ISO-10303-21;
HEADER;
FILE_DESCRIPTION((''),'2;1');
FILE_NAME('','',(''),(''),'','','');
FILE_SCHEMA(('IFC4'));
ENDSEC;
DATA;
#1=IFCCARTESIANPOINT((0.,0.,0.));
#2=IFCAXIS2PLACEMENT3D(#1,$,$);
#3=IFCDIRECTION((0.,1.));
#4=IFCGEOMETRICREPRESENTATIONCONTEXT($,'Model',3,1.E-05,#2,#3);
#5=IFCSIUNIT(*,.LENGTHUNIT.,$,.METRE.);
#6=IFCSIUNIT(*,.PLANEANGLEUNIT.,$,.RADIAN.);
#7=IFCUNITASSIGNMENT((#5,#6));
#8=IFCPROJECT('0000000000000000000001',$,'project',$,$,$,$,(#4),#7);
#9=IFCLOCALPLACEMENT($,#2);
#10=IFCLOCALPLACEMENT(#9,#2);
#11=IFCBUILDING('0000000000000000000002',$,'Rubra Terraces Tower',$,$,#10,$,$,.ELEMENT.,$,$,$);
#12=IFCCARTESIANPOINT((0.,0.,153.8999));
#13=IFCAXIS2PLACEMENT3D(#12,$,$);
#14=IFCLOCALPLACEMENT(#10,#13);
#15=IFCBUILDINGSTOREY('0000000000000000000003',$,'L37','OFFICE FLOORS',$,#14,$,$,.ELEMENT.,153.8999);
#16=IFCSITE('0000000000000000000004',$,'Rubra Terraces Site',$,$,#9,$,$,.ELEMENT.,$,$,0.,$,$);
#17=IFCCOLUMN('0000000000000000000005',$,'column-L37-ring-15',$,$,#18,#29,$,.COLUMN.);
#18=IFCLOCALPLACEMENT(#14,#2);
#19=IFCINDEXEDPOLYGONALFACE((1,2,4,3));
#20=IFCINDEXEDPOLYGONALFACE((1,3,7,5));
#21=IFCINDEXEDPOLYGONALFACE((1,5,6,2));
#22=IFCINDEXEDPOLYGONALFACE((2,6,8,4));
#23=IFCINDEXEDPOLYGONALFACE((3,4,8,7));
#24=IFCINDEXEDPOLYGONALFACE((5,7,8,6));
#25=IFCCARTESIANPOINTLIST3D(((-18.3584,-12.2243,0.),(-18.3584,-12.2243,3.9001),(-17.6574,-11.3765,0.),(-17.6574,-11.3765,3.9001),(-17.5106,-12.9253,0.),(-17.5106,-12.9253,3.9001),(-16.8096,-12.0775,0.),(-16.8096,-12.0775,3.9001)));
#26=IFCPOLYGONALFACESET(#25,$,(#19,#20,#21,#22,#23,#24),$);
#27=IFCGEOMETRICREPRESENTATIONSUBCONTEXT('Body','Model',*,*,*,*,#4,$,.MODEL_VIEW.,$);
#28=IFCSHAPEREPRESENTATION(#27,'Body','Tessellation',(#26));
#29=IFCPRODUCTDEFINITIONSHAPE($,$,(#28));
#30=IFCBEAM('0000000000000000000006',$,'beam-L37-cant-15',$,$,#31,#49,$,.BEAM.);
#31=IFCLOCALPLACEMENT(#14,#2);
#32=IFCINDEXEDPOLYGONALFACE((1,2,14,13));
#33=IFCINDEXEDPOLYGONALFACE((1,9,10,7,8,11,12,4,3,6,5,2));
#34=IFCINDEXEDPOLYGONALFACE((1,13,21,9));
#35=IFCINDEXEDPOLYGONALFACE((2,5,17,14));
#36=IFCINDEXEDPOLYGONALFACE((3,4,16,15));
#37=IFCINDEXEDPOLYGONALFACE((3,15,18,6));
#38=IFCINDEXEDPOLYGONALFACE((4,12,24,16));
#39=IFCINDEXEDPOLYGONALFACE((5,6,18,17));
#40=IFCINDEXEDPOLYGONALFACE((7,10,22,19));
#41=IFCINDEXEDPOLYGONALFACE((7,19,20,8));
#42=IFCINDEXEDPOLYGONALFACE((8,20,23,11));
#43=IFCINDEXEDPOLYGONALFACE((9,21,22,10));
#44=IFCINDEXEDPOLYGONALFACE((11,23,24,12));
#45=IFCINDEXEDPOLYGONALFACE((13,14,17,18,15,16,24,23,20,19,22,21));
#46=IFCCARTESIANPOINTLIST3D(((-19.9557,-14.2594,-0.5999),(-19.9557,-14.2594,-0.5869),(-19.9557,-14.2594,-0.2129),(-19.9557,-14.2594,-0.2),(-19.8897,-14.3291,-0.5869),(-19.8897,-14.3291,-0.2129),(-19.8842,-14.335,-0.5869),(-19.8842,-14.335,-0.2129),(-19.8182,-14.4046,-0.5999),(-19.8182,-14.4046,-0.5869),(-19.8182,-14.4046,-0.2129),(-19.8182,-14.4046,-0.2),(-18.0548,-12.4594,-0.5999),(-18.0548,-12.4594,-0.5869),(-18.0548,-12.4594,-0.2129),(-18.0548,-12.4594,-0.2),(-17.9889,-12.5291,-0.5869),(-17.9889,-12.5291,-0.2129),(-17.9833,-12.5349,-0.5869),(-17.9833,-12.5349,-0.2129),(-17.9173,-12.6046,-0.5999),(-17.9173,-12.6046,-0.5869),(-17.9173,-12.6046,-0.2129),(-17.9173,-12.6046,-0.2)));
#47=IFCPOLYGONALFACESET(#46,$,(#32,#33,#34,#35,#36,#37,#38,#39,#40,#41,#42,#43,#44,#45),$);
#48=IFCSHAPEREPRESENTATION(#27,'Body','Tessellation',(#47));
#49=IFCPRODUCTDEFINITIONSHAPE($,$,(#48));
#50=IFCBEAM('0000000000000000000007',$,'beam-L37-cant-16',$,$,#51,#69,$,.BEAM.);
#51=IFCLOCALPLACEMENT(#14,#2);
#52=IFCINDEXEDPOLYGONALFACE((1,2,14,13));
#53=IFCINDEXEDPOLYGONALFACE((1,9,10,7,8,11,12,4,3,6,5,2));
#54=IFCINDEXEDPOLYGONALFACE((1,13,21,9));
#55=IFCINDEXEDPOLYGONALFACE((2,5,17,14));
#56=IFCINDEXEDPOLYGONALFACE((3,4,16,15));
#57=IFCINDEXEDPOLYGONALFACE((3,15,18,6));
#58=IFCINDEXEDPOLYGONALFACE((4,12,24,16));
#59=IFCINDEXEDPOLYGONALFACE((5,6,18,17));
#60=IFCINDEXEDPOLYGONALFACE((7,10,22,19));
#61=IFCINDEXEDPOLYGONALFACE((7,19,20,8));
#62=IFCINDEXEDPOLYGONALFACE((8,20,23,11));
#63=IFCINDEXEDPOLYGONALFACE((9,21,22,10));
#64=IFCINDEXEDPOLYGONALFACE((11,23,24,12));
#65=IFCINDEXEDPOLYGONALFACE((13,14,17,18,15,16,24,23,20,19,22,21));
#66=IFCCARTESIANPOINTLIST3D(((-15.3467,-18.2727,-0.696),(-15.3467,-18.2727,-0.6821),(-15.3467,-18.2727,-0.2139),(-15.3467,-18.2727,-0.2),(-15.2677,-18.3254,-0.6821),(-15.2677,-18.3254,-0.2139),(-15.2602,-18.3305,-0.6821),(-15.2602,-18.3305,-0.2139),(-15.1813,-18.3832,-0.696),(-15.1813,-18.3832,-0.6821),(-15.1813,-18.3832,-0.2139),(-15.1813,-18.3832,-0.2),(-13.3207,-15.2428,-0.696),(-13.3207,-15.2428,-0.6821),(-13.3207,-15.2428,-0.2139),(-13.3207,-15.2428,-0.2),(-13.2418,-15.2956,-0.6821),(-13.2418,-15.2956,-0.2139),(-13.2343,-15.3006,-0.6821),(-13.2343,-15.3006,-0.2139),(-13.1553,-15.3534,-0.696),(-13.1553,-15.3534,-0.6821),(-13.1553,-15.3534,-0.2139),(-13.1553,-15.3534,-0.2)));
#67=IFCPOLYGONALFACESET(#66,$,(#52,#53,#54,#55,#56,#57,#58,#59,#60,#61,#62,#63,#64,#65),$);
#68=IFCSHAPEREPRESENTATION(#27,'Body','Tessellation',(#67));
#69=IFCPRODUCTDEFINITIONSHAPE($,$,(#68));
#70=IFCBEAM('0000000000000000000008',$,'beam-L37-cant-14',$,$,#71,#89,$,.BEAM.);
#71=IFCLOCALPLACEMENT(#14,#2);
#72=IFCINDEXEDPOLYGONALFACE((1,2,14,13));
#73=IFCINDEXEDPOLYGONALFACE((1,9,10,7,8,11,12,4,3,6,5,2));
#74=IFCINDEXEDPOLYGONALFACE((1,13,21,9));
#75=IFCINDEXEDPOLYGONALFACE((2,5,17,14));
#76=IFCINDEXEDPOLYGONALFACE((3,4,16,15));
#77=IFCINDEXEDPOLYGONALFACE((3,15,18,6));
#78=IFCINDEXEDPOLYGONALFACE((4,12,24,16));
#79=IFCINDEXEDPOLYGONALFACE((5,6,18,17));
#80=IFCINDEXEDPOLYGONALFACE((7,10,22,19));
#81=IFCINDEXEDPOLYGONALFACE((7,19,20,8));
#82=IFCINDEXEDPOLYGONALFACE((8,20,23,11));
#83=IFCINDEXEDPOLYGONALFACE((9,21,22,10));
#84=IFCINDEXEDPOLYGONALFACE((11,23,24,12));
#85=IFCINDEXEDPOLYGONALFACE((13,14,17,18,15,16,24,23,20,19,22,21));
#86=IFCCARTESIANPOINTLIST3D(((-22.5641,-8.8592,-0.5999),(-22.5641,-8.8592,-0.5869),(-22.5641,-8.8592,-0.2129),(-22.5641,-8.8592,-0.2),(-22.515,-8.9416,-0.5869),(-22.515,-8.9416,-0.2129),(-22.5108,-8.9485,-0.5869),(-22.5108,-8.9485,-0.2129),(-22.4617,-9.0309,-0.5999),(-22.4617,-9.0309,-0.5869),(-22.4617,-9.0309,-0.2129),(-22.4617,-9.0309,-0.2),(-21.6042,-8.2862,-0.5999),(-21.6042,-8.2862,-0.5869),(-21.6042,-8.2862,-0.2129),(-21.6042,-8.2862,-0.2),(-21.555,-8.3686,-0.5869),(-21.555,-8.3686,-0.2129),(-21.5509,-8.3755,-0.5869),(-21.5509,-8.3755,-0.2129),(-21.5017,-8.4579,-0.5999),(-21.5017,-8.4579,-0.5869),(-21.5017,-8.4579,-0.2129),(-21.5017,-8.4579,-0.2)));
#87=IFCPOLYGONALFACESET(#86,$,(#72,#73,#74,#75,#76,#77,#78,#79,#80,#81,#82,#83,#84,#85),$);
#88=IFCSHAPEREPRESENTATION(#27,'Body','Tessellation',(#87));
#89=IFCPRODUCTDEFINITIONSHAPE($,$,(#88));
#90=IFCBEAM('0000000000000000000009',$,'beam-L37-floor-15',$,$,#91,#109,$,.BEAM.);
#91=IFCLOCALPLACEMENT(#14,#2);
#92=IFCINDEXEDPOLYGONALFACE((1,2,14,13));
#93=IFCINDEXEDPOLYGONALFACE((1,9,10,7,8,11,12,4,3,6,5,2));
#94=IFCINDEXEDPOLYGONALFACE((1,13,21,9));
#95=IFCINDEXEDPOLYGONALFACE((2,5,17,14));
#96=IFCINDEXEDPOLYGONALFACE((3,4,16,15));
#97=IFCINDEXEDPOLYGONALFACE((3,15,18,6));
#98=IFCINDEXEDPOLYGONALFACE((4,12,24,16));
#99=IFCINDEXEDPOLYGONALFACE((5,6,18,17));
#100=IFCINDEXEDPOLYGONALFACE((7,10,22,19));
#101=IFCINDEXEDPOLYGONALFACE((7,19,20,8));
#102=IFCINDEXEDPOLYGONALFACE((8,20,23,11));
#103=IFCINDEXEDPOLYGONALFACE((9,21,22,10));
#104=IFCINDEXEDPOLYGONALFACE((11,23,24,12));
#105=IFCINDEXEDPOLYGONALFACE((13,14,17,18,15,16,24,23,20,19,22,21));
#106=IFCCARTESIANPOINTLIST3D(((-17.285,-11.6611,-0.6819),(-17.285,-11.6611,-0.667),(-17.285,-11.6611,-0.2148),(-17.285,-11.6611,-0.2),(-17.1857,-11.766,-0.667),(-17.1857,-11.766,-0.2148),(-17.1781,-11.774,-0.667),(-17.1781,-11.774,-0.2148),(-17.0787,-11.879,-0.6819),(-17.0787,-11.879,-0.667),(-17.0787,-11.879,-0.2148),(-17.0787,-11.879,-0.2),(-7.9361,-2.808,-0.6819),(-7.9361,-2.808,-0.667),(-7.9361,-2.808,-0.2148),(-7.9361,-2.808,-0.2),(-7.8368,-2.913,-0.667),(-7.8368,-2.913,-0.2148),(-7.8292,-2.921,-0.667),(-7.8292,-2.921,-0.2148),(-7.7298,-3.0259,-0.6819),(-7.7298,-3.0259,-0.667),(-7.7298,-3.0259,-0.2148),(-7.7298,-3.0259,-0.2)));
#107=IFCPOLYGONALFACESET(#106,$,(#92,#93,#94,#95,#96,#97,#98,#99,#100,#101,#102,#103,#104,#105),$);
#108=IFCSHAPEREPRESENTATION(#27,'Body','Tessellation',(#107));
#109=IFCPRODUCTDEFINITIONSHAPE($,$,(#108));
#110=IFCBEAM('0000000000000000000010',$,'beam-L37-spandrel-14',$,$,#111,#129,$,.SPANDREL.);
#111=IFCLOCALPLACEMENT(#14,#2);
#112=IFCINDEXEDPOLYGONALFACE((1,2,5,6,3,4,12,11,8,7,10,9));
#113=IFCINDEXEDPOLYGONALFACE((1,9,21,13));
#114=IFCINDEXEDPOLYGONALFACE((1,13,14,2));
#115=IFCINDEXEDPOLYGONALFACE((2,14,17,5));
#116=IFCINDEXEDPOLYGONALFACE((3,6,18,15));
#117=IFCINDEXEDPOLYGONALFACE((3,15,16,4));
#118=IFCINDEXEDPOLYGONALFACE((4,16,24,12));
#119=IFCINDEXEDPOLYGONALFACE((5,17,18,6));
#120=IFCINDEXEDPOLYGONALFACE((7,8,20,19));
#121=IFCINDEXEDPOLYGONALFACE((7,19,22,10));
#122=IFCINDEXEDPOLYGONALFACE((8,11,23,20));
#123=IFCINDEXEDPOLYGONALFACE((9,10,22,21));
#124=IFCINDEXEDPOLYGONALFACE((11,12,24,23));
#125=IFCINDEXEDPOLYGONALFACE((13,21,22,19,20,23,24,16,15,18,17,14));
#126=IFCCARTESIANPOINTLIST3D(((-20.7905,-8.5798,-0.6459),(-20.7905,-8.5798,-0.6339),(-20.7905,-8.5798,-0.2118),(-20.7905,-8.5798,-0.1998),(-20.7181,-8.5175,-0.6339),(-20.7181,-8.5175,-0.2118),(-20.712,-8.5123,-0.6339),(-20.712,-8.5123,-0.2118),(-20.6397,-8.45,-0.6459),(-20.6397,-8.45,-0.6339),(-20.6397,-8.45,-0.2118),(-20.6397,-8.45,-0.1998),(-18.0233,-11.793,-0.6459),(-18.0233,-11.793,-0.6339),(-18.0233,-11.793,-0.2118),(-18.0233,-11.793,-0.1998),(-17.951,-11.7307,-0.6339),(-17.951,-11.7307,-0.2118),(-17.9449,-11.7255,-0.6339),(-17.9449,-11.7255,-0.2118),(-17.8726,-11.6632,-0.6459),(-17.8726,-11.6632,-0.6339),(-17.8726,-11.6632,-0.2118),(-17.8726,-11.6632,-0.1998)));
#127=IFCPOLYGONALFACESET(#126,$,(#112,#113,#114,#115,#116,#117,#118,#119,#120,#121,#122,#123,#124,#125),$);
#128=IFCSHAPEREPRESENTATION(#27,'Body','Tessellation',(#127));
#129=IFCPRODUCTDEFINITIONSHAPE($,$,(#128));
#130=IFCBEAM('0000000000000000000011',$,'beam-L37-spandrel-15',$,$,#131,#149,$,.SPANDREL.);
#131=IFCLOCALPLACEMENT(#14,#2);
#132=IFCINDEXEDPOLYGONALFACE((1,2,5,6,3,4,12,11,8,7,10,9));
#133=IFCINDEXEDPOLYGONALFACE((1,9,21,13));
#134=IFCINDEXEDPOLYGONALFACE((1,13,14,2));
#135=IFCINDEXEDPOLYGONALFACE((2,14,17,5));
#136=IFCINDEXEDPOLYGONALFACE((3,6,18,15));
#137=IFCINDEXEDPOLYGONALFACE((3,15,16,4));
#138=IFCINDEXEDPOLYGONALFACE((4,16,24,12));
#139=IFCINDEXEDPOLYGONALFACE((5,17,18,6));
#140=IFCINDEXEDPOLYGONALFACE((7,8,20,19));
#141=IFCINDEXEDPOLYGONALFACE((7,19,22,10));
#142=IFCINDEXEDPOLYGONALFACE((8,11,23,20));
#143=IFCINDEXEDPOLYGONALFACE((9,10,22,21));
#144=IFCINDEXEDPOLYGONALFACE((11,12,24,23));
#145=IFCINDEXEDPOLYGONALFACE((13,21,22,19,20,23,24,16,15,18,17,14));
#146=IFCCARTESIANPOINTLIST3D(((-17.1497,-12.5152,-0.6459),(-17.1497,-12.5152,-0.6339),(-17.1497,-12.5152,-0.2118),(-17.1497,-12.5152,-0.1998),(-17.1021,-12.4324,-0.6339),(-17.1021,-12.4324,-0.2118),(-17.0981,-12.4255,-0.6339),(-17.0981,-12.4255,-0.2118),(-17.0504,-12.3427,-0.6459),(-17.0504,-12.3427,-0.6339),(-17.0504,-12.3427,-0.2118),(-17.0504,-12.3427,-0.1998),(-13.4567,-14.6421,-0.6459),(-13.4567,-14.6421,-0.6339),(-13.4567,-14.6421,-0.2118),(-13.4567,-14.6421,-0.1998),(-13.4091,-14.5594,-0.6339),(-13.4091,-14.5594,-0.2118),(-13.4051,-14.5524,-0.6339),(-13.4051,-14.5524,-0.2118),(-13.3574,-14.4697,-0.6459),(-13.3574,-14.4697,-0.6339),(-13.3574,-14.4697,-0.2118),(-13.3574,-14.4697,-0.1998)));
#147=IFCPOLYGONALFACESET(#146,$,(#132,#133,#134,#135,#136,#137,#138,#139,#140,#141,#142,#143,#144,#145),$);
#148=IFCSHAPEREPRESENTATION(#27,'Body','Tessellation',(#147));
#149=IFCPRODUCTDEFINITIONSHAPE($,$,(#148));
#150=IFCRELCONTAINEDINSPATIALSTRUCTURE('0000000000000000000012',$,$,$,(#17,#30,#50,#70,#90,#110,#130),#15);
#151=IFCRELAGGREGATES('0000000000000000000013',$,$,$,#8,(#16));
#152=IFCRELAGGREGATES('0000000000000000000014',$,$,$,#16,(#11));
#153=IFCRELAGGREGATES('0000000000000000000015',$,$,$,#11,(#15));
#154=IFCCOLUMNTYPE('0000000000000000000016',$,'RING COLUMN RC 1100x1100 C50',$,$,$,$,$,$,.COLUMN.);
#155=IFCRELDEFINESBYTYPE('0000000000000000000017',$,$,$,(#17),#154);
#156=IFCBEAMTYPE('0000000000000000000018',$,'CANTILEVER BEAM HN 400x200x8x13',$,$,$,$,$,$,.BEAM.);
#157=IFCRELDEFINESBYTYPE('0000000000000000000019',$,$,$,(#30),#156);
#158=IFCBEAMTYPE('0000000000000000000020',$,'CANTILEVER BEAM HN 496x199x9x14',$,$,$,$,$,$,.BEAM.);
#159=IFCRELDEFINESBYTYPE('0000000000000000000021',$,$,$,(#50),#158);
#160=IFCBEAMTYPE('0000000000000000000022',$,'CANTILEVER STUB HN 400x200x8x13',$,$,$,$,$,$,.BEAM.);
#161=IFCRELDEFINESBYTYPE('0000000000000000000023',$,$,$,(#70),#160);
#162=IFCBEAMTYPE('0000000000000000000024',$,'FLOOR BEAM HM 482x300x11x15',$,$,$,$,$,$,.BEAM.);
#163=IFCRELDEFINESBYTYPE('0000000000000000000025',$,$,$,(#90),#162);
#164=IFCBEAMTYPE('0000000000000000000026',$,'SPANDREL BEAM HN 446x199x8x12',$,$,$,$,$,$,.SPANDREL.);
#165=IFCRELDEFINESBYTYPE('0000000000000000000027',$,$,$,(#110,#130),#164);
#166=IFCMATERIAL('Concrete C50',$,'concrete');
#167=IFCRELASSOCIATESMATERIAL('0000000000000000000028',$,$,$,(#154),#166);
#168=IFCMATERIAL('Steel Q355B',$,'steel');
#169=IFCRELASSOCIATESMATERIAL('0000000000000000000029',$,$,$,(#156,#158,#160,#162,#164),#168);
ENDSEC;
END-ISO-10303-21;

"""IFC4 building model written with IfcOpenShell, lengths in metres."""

from ifc_helpers import new_model, si_unit, direction, frame, origin, origin_2d, place, context, subcontext, project, spatial, rectangle, i_section, extrude, material, material_profile, profile_set, type_object, element, save


model = new_model("IFC4")

# Units and contexts
model_context = context("Model", 3, precision=1e-05, world=origin(), true_north=direction((0.0, 1.0)))
body_context = subcontext(model_context, "Body", "Model", "MODEL_VIEW")
ifc_project = project(units=[si_unit("LENGTHUNIT", "METRE"), si_unit("PLANEANGLEUNIT", "RADIAN")], contexts=[model_context])

# Site, building, storey
site_placement = place(None, origin())
site = spatial("IfcSite", under=ifc_project, at=site_placement, Name="Rubra Terraces Site", CompositionType="ELEMENT", RefElevation=0.0)
building_placement = place(site_placement, origin())
building = spatial("IfcBuilding", under=site, at=building_placement, Name="Rubra Terraces Tower", CompositionType="ELEMENT")
storey_placement = place(building_placement, frame((0.0, 0.0, 153.8999)))
storey = spatial("IfcBuildingStorey", under=building, at=storey_placement, Name="L37", Description="OFFICE FLOORS", CompositionType="ELEMENT", Elevation=153.8999)

# Column
ifc_material_1 = material(Name="Concrete C50", Category="concrete")
ifc_material_profile_1 = material_profile(ifc_material_1, rectangle(XDim=1.1001, YDim=1.1001, at=origin_2d()), Name="RC 1100x1100")
ifc_profile_set_1 = profile_set([ifc_material_profile_1], Name="Concrete C50")
column_type = type_object("IfcColumnType", Name="RING COLUMN RC 1100x1100 C50", PredefinedType="COLUMN", material=ifc_profile_set_1)
column_placement = place(storey_placement, frame((-17.584, -12.1509, 0.0), z_axis=(0.0, 0.0, 1.0), x_axis=(0.770679, -0.637223, 0.0)))
element("IfcColumn", 1, at=column_placement, inside=storey, type_object=column_type, Name="column-L37-ring-15", PredefinedType="COLUMN", context=body_context, shape_type="SweptSolid", body=[
    extrude(rectangle(XDim=1.1001, YDim=1.1001, at=origin_2d()), origin(), (0.0, 0.0, 1.0), 3.9001),
])

# Beams
ifc_material_2 = material(Name="Steel Q355B", Category="steel")
ifc_material_profile_2 = material_profile(ifc_material_2, i_section(OverallWidth=0.2, OverallDepth=0.3999, WebThickness=0.0081, FlangeThickness=0.0129, at=origin_2d()), Name="HN 400x200x8x13")
ifc_profile_set_2 = profile_set([ifc_material_profile_2], Name="Steel Q355B")
beam_type_1 = type_object("IfcBeamType", Name="CANTILEVER BEAM HN 400x200x8x13", PredefinedType="BEAM", material=ifc_profile_set_2)
beam_1_placement = place(storey_placement, frame((-17.9861, -12.532, -0.3999), z_axis=(-0.726102, -0.687587, 0.0), x_axis=(0.687587, -0.726102, 0.0)))
element("IfcBeam", 2, at=beam_1_placement, inside=storey, type_object=beam_type_1, Name="beam-L37-cant-15", PredefinedType="BEAM", context=body_context, shape_type="SweptSolid", body=[
    extrude(i_section(OverallWidth=0.2, OverallDepth=0.3999, WebThickness=0.0081, FlangeThickness=0.0129, at=origin_2d()), origin(), (0.0, 0.0, 1.0), 2.6179),
])
ifc_material_profile_3 = material_profile(ifc_material_2, i_section(OverallWidth=0.199, OverallDepth=0.4961, WebThickness=0.009, FlangeThickness=0.0139, at=origin_2d()), Name="HN 496x199x9x14")
ifc_profile_set_3 = profile_set([ifc_material_profile_3], Name="Steel Q355B")
beam_type_2 = type_object("IfcBeamType", Name="CANTILEVER BEAM HN 496x199x9x14", PredefinedType="BEAM", material=ifc_profile_set_3)
beam_2_placement = place(storey_placement, frame((-13.238, -15.2981, -0.448), z_axis=(-0.555844, -0.831287, 0.0), x_axis=(0.831287, -0.555844, 0.0)))
element("IfcBeam", 3, at=beam_2_placement, inside=storey, type_object=beam_type_2, Name="beam-L37-cant-16", PredefinedType="BEAM", context=body_context, shape_type="SweptSolid", body=[
    extrude(i_section(OverallWidth=0.199, OverallDepth=0.4961, WebThickness=0.009, FlangeThickness=0.0139, at=origin_2d()), origin(), (0.0, 0.0, 1.0), 3.6448),
])
ifc_material_profile_4 = material_profile(ifc_material_2, i_section(OverallWidth=0.2, OverallDepth=0.3999, WebThickness=0.0081, FlangeThickness=0.0129, at=origin_2d()), Name="HN 400x200x8x13")
ifc_profile_set_4 = profile_set([ifc_material_profile_4], Name="Steel Q355B")
beam_type_3 = type_object("IfcBeamType", Name="CANTILEVER STUB HN 400x200x8x13", PredefinedType="BEAM", material=ifc_profile_set_4)
beam_3_placement = place(storey_placement, frame((-21.553, -8.3721, -0.3999), z_axis=(-0.858666, -0.512535, 0.0), x_axis=(0.512535, -0.858666, 0.0)))
element("IfcBeam", 4, at=beam_3_placement, inside=storey, type_object=beam_type_3, Name="beam-L37-cant-14", PredefinedType="BEAM", context=body_context, shape_type="SweptSolid", body=[
    extrude(i_section(OverallWidth=0.2, OverallDepth=0.3999, WebThickness=0.0081, FlangeThickness=0.0129, at=origin_2d()), origin(), (0.0, 0.0, 1.0), 1.1179),
])
ifc_material_profile_5 = material_profile(ifc_material_2, i_section(OverallWidth=0.3, OverallDepth=0.4819, WebThickness=0.011, FlangeThickness=0.0149, at=origin_2d()), Name="HM 482x300x11x15")
ifc_profile_set_5 = profile_set([ifc_material_profile_5], Name="Steel Q355B")
beam_type_4 = type_object("IfcBeamType", Name="FLOOR BEAM HM 482x300x11x15", PredefinedType="BEAM", material=ifc_profile_set_5)
beam_4_placement = place(storey_placement, frame((-17.1819, -11.77, -0.4409), z_axis=(0.7261, 0.687589, 0.0), x_axis=(-0.687589, 0.7261, 0.0)))
element("IfcBeam", 5, at=beam_4_placement, inside=storey, type_object=beam_type_4, Name="beam-L37-floor-15", PredefinedType="BEAM", context=body_context, shape_type="SweptSolid", body=[
    extrude(i_section(OverallWidth=0.3, OverallDepth=0.4819, WebThickness=0.011, FlangeThickness=0.0149, at=origin_2d()), origin(), (0.0, 0.0, 1.0), 12.8755),
])
ifc_material_profile_6 = material_profile(ifc_material_2, i_section(OverallWidth=0.199, OverallDepth=0.446, WebThickness=0.0081, FlangeThickness=0.012, at=origin_2d()), Name="HN 446x199x8x12")
ifc_profile_set_6 = profile_set([ifc_material_profile_6], Name="Steel Q355B")
beam_type_5 = type_object("IfcBeamType", Name="SPANDREL BEAM HN 446x199x8x12", PredefinedType="SPANDREL", material=ifc_profile_set_6)
beam_5_placement = place(storey_placement, frame((-20.7151, -8.5149, -0.4229), z_axis=(0.652553, -0.757743, 0.0), x_axis=(0.757743, 0.652553, 0.0)))
element("IfcBeam", 6, at=beam_5_placement, inside=storey, type_object=beam_type_5, Name="beam-L37-spandrel-14", PredefinedType="SPANDREL", context=body_context, shape_type="SweptSolid", body=[
    extrude(i_section(OverallWidth=0.199, OverallDepth=0.446, WebThickness=0.0081, FlangeThickness=0.012, at=origin_2d()), origin(), (0.0, 0.0, 1.0), 4.2405),
])
beam_6_placement = place(storey_placement, frame((-17.1001, -12.429, -0.4229), z_axis=(0.86656, -0.499073, 0.0), x_axis=(0.499073, 0.86656, 0.0)))
element("IfcBeam", 7, at=beam_6_placement, inside=storey, type_object=beam_type_5, Name="beam-L37-spandrel-15", PredefinedType="SPANDREL", context=body_context, shape_type="SweptSolid", body=[
    extrude(i_section(OverallWidth=0.199, OverallDepth=0.446, WebThickness=0.0081, FlangeThickness=0.012, at=origin_2d()), origin(), (0.0, 0.0, 1.0), 4.2617),
])

save(model, "model.ifc")
